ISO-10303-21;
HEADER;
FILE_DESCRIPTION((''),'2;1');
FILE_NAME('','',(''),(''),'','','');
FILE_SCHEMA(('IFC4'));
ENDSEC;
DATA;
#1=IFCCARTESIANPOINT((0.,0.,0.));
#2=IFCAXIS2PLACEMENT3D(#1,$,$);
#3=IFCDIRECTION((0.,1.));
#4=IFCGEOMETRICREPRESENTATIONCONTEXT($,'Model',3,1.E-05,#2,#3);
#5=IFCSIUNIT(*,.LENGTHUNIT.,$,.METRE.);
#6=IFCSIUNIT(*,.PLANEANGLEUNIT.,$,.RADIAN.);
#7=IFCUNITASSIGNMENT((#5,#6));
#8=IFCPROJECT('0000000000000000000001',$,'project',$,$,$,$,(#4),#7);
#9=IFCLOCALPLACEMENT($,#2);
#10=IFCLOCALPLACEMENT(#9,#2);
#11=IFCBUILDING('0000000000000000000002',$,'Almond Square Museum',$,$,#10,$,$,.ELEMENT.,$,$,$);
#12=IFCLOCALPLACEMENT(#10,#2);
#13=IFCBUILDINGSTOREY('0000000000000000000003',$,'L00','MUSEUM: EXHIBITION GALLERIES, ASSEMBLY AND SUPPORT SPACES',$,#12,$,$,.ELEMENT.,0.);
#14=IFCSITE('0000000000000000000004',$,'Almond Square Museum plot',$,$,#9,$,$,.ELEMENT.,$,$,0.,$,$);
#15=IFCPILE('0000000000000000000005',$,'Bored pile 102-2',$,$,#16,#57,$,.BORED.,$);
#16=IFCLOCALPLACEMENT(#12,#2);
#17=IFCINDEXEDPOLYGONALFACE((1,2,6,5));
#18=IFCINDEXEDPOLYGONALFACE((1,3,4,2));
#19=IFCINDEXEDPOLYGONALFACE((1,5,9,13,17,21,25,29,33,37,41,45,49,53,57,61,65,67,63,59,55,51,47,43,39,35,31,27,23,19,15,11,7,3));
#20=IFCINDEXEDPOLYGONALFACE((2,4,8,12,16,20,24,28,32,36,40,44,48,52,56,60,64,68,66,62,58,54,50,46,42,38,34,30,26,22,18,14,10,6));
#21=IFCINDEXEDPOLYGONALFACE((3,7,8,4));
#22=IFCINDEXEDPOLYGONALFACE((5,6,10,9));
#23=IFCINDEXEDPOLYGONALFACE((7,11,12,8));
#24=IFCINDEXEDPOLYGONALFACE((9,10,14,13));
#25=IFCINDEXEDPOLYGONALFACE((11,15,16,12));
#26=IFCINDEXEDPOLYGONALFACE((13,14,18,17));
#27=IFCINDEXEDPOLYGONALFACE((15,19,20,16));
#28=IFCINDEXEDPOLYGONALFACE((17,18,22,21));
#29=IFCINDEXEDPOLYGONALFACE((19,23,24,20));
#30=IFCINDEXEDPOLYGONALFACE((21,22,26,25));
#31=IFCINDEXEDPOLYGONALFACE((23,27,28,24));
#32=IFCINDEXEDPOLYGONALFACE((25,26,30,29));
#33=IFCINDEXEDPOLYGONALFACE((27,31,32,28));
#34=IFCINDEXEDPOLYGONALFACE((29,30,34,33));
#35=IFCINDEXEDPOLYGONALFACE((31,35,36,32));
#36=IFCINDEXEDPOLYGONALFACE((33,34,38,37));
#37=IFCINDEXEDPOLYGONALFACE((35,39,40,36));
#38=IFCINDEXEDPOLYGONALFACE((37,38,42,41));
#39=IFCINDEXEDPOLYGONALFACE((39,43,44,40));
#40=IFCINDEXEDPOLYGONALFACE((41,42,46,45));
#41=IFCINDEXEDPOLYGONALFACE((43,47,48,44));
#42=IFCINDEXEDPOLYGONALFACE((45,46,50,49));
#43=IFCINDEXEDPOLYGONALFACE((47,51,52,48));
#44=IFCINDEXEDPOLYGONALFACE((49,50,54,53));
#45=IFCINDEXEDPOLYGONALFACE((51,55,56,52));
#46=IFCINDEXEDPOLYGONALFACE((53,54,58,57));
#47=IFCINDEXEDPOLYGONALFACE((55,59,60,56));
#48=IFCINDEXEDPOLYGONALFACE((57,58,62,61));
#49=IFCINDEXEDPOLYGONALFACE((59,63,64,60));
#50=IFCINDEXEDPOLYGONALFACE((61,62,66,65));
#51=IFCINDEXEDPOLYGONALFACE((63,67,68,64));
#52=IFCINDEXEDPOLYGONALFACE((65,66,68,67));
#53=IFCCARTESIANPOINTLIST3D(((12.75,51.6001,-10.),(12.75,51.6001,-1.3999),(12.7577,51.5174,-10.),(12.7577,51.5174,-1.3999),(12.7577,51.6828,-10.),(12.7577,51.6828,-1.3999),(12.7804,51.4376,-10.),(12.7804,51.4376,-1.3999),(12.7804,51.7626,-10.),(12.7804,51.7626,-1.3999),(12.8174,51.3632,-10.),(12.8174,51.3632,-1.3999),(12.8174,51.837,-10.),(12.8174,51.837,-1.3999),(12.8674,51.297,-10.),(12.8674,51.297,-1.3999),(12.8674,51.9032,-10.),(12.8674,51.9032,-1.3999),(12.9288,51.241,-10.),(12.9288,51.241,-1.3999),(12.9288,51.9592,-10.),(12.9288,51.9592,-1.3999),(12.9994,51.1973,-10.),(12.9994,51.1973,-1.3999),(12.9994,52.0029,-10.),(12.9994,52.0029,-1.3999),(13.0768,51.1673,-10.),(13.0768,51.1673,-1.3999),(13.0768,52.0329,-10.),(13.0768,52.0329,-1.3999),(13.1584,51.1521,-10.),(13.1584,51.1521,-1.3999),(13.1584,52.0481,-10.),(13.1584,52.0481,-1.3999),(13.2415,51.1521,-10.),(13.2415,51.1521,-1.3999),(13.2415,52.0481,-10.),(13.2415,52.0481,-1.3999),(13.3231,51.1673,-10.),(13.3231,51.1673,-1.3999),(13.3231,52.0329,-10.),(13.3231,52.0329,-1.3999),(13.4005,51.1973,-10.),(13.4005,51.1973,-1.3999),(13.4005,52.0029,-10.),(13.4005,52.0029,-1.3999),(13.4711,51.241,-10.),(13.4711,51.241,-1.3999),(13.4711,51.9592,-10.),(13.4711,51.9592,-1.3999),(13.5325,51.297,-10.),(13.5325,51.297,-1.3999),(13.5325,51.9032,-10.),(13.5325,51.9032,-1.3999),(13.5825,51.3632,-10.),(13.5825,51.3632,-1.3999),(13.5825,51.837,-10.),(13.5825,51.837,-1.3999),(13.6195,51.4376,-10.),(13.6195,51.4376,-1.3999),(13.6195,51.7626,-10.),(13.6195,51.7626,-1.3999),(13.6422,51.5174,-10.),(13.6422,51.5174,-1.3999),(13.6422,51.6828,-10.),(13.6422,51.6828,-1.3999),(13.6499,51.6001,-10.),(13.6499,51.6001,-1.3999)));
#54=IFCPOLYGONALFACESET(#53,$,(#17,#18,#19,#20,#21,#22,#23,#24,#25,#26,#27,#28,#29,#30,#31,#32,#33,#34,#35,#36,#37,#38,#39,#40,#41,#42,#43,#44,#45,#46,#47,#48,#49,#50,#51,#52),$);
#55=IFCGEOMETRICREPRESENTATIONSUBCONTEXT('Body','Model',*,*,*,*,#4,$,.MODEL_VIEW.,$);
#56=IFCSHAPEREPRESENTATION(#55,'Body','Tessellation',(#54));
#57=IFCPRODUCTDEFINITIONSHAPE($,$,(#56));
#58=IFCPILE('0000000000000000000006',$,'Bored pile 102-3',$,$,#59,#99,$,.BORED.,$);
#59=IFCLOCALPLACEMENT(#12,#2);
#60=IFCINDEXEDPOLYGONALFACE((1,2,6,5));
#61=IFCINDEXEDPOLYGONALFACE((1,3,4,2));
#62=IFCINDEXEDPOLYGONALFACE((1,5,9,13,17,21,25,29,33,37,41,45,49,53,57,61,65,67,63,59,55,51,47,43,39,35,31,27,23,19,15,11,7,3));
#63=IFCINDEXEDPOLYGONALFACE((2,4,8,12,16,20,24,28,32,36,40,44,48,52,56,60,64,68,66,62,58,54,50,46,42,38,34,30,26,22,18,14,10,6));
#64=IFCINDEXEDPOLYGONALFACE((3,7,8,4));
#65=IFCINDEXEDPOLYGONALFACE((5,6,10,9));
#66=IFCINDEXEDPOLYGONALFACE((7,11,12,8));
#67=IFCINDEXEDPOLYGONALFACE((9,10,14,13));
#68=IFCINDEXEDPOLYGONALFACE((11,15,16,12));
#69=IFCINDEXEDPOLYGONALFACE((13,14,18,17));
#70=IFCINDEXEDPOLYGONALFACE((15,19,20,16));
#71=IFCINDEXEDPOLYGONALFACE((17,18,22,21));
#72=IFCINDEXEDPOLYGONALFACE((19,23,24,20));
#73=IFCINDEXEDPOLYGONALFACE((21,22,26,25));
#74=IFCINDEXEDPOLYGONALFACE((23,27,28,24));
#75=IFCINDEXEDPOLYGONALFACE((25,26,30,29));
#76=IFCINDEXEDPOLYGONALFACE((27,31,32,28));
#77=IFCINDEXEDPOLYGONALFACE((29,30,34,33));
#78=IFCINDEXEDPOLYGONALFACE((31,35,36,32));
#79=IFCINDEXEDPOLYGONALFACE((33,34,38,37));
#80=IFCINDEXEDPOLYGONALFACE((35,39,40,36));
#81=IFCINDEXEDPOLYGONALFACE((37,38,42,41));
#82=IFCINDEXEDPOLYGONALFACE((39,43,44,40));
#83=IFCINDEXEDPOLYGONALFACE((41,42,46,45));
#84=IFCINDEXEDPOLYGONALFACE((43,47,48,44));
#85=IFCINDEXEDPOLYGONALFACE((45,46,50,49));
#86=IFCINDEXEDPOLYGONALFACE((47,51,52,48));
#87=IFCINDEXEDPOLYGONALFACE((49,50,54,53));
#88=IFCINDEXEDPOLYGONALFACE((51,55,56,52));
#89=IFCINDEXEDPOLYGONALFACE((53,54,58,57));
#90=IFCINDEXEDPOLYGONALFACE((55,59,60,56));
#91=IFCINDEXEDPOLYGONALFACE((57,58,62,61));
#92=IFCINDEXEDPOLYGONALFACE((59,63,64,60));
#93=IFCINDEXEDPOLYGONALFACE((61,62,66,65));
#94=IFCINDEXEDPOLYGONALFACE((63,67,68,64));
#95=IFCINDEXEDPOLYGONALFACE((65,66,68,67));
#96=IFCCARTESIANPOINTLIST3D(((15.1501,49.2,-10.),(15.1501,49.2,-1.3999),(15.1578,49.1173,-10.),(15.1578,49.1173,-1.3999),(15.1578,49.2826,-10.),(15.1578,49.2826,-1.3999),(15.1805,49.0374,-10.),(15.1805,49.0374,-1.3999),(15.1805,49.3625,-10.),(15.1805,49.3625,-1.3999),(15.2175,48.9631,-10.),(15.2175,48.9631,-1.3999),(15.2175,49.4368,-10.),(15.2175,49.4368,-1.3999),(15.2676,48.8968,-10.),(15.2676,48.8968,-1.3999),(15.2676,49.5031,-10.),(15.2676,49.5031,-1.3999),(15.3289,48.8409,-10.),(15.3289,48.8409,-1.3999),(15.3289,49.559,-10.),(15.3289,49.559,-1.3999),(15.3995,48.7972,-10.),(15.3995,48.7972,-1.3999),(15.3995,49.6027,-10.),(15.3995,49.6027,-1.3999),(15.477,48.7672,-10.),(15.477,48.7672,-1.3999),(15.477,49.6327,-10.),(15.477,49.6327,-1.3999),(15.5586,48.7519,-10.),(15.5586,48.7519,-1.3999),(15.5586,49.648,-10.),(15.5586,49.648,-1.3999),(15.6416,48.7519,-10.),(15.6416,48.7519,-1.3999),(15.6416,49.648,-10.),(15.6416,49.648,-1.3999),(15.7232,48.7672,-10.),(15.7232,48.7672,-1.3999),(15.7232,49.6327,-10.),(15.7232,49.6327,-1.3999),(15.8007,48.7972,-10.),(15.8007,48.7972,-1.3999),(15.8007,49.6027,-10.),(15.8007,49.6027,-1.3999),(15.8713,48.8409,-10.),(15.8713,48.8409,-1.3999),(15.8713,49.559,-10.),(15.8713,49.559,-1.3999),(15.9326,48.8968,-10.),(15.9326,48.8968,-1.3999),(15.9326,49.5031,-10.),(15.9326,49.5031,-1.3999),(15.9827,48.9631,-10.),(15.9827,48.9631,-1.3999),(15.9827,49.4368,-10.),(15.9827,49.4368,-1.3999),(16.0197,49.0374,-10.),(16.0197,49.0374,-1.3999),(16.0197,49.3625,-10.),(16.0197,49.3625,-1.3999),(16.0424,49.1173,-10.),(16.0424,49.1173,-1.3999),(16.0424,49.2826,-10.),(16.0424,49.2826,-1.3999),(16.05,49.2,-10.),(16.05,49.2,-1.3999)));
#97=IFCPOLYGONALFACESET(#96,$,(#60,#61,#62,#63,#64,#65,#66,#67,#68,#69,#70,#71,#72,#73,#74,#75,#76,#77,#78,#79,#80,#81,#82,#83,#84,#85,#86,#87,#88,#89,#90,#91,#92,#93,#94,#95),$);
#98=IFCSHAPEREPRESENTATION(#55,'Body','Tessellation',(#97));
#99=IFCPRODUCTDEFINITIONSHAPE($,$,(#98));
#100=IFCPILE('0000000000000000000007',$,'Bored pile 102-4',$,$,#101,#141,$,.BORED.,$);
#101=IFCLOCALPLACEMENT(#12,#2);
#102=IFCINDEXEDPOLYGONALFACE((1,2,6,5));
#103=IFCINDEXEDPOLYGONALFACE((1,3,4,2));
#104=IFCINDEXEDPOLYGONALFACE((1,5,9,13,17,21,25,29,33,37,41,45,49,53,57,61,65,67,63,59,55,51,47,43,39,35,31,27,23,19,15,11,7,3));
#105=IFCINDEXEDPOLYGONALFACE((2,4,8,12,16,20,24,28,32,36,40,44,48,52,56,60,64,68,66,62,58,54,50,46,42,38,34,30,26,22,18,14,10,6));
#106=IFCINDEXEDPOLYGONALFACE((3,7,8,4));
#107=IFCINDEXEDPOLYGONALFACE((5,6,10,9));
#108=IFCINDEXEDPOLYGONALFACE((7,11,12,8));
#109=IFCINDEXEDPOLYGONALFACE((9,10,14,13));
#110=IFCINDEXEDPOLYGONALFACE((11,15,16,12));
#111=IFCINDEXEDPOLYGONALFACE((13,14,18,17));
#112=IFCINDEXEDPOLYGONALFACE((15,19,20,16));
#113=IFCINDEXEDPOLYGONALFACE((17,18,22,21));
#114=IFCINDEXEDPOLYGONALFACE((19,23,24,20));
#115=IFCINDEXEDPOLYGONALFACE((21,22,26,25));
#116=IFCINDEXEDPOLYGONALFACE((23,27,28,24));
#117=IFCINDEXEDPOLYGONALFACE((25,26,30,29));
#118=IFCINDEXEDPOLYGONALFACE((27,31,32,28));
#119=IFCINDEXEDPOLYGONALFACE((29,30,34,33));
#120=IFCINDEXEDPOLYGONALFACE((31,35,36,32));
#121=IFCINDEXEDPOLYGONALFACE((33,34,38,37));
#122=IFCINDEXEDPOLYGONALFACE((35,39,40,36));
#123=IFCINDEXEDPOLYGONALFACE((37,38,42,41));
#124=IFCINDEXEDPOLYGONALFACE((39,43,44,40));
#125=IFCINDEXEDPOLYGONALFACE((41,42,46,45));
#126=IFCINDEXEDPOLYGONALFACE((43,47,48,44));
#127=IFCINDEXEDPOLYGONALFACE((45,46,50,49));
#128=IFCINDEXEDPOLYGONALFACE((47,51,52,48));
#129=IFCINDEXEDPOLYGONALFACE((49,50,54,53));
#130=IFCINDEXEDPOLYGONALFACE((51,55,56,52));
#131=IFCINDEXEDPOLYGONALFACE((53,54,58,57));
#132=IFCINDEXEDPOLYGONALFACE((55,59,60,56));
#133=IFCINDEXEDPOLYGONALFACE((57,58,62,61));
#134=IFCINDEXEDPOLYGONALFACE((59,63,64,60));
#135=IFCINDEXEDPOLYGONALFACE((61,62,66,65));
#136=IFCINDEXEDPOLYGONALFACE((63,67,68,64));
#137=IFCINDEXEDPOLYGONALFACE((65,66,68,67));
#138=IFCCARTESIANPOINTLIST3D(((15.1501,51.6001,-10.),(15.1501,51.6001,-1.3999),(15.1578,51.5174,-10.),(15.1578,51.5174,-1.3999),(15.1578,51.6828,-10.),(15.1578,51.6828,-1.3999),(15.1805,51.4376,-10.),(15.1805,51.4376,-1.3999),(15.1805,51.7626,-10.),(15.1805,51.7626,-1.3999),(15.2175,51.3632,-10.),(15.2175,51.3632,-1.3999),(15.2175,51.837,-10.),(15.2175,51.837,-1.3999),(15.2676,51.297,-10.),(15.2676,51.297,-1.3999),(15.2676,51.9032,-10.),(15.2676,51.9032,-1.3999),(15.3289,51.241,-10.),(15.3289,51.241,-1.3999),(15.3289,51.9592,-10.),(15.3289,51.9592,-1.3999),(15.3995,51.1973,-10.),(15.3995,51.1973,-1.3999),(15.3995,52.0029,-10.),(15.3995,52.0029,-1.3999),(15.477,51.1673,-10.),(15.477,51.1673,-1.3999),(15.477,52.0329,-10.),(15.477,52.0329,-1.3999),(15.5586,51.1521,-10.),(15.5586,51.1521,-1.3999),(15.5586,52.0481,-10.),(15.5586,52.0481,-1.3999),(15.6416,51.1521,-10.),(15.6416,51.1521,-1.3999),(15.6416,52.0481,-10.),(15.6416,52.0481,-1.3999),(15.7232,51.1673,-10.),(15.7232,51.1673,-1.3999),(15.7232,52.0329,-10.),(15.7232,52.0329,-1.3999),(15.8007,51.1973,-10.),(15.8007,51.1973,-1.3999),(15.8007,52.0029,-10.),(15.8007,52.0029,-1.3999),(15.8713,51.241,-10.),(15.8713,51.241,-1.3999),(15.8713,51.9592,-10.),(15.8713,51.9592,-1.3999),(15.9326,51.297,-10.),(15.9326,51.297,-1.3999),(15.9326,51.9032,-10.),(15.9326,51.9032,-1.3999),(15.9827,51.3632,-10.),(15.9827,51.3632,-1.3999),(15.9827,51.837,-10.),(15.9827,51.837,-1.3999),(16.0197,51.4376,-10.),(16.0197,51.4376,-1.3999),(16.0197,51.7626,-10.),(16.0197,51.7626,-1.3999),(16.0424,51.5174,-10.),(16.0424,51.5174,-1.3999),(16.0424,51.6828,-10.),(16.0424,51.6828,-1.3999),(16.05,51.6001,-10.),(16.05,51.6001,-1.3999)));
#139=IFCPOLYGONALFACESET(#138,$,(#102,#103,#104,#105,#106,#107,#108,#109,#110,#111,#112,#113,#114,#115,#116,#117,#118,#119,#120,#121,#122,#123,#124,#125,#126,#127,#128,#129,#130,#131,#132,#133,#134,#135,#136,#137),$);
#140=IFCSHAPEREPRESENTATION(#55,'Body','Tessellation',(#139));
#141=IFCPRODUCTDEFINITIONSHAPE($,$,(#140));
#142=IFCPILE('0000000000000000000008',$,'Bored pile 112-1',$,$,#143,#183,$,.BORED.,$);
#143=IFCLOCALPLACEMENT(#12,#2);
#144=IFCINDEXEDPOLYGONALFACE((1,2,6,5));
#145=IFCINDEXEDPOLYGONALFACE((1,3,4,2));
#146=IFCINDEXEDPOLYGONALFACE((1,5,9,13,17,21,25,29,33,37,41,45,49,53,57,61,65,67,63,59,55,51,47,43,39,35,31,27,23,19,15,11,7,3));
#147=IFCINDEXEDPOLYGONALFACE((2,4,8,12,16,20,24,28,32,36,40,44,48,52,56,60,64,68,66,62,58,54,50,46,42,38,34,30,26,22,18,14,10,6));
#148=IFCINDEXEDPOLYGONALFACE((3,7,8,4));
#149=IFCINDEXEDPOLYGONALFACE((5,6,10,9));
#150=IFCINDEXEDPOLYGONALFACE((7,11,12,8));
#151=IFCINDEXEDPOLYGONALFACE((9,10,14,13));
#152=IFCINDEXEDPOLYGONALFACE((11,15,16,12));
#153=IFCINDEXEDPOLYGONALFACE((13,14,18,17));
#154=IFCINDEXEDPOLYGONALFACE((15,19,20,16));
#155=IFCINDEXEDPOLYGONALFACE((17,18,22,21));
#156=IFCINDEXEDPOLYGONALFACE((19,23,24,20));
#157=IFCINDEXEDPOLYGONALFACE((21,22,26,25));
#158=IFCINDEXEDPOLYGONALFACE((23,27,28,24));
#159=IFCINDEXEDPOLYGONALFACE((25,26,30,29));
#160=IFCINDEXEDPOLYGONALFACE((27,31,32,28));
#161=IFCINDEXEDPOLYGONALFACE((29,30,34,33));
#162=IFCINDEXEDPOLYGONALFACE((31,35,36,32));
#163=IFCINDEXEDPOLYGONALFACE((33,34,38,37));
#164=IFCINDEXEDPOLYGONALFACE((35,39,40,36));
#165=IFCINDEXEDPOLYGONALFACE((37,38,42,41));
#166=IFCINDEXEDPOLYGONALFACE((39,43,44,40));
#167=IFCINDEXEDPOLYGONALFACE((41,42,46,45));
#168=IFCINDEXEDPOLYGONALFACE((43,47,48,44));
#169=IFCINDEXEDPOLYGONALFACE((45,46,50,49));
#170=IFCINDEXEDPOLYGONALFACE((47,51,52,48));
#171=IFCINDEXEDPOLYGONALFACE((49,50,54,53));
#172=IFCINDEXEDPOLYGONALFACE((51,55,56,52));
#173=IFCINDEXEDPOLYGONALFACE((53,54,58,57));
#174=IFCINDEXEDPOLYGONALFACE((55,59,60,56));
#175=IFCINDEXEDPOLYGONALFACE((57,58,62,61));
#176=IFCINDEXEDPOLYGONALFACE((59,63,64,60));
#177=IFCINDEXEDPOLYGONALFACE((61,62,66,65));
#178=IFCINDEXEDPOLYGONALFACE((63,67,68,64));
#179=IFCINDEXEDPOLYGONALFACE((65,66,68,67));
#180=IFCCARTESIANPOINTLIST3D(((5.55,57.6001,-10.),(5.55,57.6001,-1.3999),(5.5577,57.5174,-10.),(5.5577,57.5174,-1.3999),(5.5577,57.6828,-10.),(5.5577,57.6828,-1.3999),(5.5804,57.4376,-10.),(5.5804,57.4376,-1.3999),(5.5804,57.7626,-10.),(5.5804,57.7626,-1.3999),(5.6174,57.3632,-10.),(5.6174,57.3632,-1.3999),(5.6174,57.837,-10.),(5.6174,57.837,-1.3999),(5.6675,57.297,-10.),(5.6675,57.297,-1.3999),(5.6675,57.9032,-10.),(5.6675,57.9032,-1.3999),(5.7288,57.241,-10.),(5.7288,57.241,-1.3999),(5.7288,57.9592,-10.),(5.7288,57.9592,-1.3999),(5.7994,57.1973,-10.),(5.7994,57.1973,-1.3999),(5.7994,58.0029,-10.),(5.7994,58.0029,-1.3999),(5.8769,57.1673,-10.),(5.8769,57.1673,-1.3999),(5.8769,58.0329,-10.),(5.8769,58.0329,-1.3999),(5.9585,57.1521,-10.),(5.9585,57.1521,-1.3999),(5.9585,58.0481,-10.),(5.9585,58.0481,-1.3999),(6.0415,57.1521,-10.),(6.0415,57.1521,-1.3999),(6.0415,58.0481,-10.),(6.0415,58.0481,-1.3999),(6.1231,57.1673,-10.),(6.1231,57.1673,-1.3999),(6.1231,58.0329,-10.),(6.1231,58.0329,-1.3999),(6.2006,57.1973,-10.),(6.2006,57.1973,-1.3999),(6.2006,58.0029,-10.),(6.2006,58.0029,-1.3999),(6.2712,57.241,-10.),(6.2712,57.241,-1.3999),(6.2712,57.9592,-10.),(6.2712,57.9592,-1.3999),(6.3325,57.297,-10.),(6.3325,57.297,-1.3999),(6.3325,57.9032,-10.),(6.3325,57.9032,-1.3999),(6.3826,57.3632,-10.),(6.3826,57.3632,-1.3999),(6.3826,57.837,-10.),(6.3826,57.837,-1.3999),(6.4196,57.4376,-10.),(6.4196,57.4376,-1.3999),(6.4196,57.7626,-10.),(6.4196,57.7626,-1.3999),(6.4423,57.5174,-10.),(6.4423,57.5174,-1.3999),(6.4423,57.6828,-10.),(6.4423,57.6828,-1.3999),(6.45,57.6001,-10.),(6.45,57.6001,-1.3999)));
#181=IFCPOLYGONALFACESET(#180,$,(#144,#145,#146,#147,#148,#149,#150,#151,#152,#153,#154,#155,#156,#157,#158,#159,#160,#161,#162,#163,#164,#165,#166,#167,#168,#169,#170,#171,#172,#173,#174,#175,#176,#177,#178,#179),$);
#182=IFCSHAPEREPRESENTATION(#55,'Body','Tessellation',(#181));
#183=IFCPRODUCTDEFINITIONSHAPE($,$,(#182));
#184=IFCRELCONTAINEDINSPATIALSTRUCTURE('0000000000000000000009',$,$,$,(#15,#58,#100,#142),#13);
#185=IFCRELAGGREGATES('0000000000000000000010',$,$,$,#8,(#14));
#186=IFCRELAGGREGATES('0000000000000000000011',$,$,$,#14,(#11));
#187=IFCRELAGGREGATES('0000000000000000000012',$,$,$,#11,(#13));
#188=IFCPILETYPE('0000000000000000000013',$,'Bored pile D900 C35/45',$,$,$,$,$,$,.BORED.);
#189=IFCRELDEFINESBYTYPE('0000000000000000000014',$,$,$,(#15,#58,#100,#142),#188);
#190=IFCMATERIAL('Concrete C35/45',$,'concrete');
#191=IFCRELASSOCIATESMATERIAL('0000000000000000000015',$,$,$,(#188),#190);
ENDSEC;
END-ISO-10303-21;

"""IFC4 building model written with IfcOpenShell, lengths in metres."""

from ifc_helpers import new_model, si_unit, direction, frame, origin, origin_2d, place, context, subcontext, project, spatial, circle, extrude, material, material_profile, profile_set, type_object, element, save


model = new_model("IFC4")

# Units and contexts
model_context = context("Model", 3, precision=1e-05, world=origin(), true_north=direction((0.0, 1.0)))
body_context = subcontext(model_context, "Body", "Model", "MODEL_VIEW")
ifc_project = project(units=[si_unit("LENGTHUNIT", "METRE"), si_unit("PLANEANGLEUNIT", "RADIAN")], contexts=[model_context])

# Site, building, storey
site_placement = place(None, origin())
site = spatial("IfcSite", under=ifc_project, at=site_placement, Name="Almond Square Museum plot", CompositionType="ELEMENT", RefElevation=0.0)
building_placement = place(site_placement, origin())
building = spatial("IfcBuilding", under=site, at=building_placement, Name="Almond Square Museum", CompositionType="ELEMENT")
storey_placement = place(building_placement, origin())
storey = spatial("IfcBuildingStorey", under=building, at=storey_placement, Name="L00", Description="MUSEUM: EXHIBITION GALLERIES, ASSEMBLY AND SUPPORT SPACES", CompositionType="ELEMENT", Elevation=0.0)

# Piles
ifc_material_1 = material(Name="Concrete C35/45", Category="concrete")
ifc_material_profile_1 = material_profile(ifc_material_1, circle(Radius=0.45, at=origin_2d()))
ifc_profile_set_1 = profile_set([ifc_material_profile_1], Name="Concrete C35/45")
pile_type = type_object("IfcPileType", Name="Bored pile D900 C35/45", PredefinedType="BORED", material=ifc_profile_set_1)
for number, where, z_axis, x_axis, name in (
    (1, (13.2, 51.6001, -1.3999), (0.0, 0.0, -1.0), (1.0, 0.0, 0.0), "Bored pile 102-2"),
    (2, (15.6001, 49.2, -1.3999), (0.0, 0.0, -1.0), (1.0, 0.0, 0.0), "Bored pile 102-3"),
    (3, (15.6001, 51.6001, -1.3999), (0.0, 0.0, -1.0), (1.0, 0.0, 0.0), "Bored pile 102-4"),
    (4, (6.0, 57.6001, -1.3999), (0.0, 0.0, -1.0), (1.0, 0.0, 0.0), "Bored pile 112-1"),
):
    element("IfcPile", number, at=place(storey_placement, frame(where, z_axis=z_axis, x_axis=x_axis)), inside=storey, type_object=pile_type, Name=name, PredefinedType="BORED", context=body_context, shape_type="SweptSolid", body=[
        extrude(circle(Radius=0.45, at=origin_2d()), origin(), (0.0, 0.0, 1.0), 8.6001),
    ])

save(model, "model.ifc")
